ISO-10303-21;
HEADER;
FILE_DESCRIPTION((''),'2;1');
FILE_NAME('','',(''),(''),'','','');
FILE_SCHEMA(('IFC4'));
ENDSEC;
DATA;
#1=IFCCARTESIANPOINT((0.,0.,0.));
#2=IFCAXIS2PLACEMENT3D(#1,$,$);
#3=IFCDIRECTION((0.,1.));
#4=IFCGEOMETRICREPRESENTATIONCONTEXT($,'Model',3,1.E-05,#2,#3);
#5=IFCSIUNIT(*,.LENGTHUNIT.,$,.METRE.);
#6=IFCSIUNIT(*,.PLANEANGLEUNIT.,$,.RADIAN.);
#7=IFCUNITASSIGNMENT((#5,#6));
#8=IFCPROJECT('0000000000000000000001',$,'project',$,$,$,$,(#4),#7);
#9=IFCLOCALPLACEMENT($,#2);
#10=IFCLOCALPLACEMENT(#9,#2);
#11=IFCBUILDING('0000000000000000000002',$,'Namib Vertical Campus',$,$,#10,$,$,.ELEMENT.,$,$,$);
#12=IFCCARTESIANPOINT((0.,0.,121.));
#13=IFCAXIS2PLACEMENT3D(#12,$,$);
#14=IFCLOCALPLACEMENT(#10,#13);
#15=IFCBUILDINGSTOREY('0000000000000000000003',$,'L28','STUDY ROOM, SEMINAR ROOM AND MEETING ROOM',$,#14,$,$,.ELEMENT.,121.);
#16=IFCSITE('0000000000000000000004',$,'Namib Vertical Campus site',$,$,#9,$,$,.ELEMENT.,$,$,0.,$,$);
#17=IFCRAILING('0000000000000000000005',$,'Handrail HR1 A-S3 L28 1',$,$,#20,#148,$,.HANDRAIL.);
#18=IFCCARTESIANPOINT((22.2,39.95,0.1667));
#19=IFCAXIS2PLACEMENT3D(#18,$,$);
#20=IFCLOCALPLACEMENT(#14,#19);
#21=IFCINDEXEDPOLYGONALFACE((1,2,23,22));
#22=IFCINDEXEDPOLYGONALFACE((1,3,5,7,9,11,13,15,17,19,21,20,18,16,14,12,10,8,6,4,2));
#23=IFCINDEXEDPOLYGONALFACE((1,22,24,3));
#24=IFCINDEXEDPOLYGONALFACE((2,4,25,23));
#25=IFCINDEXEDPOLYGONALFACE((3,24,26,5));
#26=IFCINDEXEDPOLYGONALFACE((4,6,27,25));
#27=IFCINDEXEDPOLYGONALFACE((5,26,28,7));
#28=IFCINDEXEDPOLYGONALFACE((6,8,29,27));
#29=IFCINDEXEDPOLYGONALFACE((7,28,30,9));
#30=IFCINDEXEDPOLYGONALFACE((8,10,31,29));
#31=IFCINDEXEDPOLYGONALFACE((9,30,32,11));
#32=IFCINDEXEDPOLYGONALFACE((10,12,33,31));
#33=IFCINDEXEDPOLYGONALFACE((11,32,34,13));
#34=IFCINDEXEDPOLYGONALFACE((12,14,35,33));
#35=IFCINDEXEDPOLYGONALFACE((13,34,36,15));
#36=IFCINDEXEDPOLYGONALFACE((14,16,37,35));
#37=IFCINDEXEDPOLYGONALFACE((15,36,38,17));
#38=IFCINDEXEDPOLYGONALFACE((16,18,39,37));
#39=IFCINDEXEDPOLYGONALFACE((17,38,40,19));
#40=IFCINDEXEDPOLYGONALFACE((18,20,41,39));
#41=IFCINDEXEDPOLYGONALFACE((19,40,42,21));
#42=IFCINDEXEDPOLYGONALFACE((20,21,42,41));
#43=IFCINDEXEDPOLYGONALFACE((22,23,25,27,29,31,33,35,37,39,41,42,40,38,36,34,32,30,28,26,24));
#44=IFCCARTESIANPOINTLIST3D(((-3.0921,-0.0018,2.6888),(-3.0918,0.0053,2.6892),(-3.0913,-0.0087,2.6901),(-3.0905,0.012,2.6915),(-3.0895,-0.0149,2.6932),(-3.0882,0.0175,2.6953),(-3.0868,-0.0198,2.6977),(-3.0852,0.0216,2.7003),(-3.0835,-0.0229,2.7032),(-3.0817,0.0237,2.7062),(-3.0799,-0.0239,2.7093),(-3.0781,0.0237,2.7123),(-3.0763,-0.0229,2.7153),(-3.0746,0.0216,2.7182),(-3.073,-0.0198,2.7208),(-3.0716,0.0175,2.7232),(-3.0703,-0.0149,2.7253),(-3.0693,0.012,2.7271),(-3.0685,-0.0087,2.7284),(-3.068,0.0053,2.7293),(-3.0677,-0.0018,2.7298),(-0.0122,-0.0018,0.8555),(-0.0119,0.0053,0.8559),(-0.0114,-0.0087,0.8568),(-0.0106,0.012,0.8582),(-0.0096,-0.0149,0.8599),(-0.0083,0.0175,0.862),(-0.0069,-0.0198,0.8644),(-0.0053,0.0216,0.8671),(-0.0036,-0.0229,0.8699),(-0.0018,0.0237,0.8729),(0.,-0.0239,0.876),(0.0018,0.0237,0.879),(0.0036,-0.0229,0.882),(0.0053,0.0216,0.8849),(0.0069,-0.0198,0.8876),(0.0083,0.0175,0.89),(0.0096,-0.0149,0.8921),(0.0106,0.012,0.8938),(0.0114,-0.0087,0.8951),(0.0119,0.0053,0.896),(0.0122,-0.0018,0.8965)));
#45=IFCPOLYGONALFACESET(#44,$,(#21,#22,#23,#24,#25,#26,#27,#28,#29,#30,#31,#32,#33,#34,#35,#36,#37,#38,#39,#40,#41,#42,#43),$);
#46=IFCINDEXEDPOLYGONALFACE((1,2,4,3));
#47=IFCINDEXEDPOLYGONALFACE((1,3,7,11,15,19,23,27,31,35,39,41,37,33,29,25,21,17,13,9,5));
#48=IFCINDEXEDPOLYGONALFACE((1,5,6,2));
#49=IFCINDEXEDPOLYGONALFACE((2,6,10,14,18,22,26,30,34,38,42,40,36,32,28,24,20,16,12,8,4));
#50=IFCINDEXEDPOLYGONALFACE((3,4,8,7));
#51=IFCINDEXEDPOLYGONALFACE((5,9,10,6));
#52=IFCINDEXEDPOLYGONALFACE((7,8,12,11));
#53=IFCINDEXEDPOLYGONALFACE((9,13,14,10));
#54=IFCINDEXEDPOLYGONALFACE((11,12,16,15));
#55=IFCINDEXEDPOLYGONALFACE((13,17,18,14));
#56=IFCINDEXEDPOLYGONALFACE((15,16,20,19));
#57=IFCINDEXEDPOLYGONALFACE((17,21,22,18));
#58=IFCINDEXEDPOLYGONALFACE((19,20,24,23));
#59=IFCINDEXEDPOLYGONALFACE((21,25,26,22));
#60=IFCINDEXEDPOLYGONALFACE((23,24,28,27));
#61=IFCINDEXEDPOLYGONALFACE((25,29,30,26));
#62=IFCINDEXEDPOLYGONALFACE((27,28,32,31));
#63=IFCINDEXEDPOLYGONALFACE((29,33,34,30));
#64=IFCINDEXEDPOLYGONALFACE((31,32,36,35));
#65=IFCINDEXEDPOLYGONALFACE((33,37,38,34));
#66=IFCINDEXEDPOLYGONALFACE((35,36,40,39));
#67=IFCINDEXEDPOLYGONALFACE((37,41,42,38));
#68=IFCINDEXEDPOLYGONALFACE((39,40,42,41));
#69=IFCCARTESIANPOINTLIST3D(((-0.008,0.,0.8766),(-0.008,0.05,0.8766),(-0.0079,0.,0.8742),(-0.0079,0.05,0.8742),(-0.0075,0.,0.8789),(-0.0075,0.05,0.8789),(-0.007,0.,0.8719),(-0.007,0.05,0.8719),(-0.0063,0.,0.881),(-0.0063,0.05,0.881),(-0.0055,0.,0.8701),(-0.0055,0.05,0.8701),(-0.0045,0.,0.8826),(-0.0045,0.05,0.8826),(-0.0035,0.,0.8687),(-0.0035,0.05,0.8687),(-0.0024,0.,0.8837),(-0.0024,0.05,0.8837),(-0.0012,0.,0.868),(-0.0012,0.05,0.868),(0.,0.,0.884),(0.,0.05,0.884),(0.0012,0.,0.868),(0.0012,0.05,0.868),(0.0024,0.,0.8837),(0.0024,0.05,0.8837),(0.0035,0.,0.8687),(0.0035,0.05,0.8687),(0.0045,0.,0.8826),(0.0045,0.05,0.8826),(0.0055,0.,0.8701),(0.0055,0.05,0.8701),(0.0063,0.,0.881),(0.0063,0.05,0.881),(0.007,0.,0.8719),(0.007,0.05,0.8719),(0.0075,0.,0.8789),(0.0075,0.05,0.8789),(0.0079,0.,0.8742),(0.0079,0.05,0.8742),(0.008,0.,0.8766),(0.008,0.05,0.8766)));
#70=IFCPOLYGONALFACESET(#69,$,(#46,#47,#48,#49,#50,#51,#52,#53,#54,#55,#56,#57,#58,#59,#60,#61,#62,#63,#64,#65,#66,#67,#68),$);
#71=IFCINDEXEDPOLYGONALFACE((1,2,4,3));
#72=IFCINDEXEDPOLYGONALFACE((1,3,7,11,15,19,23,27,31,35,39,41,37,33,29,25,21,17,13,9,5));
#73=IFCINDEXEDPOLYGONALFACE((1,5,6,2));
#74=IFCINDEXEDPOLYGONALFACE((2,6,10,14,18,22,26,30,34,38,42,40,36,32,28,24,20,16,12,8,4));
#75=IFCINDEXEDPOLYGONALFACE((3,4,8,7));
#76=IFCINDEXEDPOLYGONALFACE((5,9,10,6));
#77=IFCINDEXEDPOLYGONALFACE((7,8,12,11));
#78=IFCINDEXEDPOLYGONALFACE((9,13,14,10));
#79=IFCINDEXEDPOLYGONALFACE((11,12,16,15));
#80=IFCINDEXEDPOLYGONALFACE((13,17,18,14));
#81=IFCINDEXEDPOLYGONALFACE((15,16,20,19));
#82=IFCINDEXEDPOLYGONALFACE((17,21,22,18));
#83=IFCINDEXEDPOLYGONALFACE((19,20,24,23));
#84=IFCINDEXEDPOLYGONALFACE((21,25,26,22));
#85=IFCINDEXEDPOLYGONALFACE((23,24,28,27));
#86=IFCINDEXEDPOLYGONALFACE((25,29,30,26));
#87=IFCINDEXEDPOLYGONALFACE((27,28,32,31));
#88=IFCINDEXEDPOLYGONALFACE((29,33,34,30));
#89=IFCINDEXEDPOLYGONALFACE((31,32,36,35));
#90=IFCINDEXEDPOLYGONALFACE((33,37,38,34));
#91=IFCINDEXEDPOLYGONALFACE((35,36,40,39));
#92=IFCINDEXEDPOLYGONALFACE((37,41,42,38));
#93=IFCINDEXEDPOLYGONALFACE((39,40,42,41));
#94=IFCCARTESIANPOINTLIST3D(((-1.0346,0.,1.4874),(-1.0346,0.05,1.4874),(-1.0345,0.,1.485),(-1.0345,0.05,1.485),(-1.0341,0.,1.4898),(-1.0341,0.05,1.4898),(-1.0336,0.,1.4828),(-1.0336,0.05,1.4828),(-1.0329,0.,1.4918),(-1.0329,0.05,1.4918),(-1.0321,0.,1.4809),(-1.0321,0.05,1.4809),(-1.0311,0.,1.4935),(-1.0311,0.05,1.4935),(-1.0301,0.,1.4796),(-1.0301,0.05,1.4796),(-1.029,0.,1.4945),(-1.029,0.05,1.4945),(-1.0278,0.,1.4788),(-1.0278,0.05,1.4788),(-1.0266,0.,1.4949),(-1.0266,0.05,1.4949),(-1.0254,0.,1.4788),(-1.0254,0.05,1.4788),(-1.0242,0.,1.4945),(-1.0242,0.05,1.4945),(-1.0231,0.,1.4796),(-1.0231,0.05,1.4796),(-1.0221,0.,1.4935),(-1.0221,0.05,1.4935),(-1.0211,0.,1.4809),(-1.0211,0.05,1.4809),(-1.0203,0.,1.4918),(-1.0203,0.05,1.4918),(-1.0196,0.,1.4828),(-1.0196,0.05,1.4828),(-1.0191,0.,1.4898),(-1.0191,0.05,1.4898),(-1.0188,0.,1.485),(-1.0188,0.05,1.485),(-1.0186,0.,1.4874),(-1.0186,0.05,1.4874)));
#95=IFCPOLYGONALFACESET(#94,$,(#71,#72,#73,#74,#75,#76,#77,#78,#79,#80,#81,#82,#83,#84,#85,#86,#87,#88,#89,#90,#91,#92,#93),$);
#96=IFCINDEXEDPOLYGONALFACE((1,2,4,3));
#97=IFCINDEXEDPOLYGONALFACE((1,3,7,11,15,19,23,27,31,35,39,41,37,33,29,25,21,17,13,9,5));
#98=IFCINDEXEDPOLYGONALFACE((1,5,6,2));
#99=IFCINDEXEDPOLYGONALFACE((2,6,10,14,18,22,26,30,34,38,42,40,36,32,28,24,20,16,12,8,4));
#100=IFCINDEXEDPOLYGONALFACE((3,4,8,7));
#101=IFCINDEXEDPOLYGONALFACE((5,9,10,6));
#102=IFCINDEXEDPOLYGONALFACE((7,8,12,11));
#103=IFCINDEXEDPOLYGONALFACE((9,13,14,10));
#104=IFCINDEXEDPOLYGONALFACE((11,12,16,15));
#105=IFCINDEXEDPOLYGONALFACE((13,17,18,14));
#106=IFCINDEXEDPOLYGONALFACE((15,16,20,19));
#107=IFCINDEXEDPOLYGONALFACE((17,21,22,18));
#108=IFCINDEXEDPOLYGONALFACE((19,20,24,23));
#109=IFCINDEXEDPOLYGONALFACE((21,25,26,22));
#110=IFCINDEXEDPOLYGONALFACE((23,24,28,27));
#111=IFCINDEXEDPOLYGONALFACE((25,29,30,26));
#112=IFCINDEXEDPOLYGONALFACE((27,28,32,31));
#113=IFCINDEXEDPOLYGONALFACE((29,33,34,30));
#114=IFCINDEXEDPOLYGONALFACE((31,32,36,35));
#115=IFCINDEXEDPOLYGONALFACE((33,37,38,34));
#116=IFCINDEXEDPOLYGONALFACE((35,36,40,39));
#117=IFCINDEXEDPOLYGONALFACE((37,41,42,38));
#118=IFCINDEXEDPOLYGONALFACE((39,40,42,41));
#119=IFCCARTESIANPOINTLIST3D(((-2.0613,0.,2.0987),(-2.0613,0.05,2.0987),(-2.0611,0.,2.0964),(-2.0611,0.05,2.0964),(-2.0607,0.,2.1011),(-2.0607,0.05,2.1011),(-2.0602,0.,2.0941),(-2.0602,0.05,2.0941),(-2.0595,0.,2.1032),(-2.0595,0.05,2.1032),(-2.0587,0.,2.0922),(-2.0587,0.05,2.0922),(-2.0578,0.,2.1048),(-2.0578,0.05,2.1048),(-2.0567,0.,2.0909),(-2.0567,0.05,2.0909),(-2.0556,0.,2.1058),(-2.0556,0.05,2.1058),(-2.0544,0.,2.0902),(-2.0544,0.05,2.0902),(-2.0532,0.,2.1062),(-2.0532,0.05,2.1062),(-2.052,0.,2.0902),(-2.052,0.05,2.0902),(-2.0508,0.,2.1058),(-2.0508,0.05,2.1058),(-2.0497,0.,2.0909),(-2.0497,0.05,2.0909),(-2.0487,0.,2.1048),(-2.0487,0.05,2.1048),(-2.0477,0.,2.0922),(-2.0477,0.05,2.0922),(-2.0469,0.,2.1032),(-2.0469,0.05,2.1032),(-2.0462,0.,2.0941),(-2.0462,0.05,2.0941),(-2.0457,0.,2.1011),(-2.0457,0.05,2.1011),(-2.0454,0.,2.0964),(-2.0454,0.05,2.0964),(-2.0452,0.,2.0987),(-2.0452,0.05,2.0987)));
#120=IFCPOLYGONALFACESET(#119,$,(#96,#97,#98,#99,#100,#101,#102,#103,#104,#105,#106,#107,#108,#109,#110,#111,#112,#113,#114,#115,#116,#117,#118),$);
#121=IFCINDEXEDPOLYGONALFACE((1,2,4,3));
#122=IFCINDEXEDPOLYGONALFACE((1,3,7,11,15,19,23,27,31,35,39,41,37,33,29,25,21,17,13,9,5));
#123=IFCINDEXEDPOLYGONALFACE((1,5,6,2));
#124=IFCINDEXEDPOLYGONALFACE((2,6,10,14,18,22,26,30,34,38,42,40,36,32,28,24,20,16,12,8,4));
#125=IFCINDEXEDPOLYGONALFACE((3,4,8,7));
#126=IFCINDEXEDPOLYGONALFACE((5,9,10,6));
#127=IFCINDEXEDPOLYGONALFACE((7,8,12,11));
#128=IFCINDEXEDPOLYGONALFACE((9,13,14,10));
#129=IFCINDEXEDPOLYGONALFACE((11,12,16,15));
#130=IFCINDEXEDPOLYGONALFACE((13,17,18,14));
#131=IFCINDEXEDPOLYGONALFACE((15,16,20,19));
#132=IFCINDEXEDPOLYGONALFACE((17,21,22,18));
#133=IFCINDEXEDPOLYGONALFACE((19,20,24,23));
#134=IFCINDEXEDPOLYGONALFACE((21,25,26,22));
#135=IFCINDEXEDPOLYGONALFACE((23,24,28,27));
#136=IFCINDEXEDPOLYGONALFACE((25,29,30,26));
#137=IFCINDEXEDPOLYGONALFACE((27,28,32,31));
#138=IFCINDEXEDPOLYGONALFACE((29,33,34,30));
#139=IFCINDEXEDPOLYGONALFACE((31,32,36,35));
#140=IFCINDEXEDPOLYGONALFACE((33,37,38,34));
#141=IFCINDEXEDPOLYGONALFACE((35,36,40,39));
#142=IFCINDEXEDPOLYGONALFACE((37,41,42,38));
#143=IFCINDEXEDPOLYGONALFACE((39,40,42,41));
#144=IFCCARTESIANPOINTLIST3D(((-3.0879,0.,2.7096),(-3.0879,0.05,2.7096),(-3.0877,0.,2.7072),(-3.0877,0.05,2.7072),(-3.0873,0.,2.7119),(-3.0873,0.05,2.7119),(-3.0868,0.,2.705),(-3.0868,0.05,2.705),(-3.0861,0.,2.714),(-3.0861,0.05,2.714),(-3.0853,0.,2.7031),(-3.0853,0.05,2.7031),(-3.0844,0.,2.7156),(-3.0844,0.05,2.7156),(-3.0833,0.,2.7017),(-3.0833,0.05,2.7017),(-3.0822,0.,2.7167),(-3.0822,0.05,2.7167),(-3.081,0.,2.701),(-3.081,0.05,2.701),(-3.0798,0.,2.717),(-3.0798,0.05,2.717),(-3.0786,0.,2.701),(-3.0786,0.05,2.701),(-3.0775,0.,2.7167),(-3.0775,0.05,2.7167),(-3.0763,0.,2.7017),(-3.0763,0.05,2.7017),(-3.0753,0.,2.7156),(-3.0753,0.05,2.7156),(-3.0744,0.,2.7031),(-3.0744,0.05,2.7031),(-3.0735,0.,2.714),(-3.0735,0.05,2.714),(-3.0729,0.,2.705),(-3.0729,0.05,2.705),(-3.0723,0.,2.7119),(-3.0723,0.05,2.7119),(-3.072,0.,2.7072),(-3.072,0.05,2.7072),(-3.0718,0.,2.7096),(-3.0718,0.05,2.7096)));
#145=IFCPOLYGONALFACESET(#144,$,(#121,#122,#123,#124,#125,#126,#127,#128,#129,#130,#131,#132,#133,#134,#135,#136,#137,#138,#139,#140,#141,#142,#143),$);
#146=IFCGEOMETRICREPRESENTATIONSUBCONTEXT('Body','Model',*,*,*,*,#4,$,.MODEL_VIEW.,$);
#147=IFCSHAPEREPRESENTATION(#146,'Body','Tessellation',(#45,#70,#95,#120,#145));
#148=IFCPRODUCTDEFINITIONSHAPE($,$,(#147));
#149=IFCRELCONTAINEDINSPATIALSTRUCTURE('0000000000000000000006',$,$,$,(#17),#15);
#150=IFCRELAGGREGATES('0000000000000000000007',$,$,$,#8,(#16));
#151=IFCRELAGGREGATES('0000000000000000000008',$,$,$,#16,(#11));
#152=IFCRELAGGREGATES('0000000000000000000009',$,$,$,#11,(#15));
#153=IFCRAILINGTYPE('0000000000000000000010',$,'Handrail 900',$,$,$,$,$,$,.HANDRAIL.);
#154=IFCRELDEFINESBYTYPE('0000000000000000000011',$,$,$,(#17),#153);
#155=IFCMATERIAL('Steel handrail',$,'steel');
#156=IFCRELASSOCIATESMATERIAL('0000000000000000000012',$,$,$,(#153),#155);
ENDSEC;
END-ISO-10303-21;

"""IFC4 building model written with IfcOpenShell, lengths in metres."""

from ifc_helpers import new_model, si_unit, direction, frame, origin, origin_2d, place, context, subcontext, project, spatial, circle, extrude, material, type_object, element, save


model = new_model("IFC4")

# Units and contexts
model_context = context("Model", 3, precision=1e-05, world=origin(), true_north=direction((0.0, 1.0)))
body_context = subcontext(model_context, "Body", "Model", "MODEL_VIEW")
ifc_project = project(units=[si_unit("LENGTHUNIT", "METRE"), si_unit("PLANEANGLEUNIT", "RADIAN")], contexts=[model_context])

# Site, building, storey
site_placement = place(None, origin())
site = spatial("IfcSite", under=ifc_project, at=site_placement, Name="Namib Vertical Campus site", CompositionType="ELEMENT", RefElevation=0.0)
building_placement = place(site_placement, origin())
building = spatial("IfcBuilding", under=site, at=building_placement, Name="Namib Vertical Campus", CompositionType="ELEMENT")
storey_placement = place(building_placement, frame((0.0, 0.0, 121.0)))
storey = spatial("IfcBuildingStorey", under=building, at=storey_placement, Name="L28", Description="STUDY ROOM, SEMINAR ROOM AND MEETING ROOM", CompositionType="ELEMENT", Elevation=121.0)

# Railing
ifc_material_1 = material(Name="Steel handrail", Category="steel")
railing_type_1 = type_object("IfcRailingType", Name="Handrail 900", PredefinedType="HANDRAIL", material=ifc_material_1)
railing_1_placement = place(storey_placement, frame((22.2, 39.95, 0.1667)))
element("IfcRailing", 1, at=railing_1_placement, inside=storey, type_object=railing_type_1, Name="Handrail HR1 A-S3 L28 1", PredefinedType="HANDRAIL", context=body_context, shape_type="SweptSolid", body=[
    extrude(circle(Radius=0.0239, at=origin_2d()), frame((0.0, 0.0, 0.876), z_axis=(-0.859291, 0.0, 0.511487), x_axis=(0.0, -1.0, 0.0)), (0.0, 0.0, 1.0), 3.5842),
    extrude(circle(Radius=0.0081, at=origin_2d()), frame((0.0, 0.0, 0.876), z_axis=(0.0, 1.0, 0.0), x_axis=(0.0, 0.0, 1.0)), (0.0, 0.0, 1.0), 0.05),
    extrude(circle(Radius=0.0081, at=origin_2d()), frame((-1.0266, 0.0, 1.4868), z_axis=(0.0, 1.0, 0.0), x_axis=(0.0, 0.0, 1.0)), (0.0, 0.0, 1.0), 0.05),
    extrude(circle(Radius=0.0081, at=origin_2d()), frame((-2.0532, 0.0, 2.0981), z_axis=(0.0, 1.0, 0.0), x_axis=(0.0, 0.0, 1.0)), (0.0, 0.0, 1.0), 0.05),
    extrude(circle(Radius=0.0081, at=origin_2d()), frame((-3.0798, 0.0, 2.709), z_axis=(0.0, 1.0, 0.0), x_axis=(0.0, 0.0, 1.0)), (0.0, 0.0, 1.0), 0.05),
])

save(model, "model.ifc")
